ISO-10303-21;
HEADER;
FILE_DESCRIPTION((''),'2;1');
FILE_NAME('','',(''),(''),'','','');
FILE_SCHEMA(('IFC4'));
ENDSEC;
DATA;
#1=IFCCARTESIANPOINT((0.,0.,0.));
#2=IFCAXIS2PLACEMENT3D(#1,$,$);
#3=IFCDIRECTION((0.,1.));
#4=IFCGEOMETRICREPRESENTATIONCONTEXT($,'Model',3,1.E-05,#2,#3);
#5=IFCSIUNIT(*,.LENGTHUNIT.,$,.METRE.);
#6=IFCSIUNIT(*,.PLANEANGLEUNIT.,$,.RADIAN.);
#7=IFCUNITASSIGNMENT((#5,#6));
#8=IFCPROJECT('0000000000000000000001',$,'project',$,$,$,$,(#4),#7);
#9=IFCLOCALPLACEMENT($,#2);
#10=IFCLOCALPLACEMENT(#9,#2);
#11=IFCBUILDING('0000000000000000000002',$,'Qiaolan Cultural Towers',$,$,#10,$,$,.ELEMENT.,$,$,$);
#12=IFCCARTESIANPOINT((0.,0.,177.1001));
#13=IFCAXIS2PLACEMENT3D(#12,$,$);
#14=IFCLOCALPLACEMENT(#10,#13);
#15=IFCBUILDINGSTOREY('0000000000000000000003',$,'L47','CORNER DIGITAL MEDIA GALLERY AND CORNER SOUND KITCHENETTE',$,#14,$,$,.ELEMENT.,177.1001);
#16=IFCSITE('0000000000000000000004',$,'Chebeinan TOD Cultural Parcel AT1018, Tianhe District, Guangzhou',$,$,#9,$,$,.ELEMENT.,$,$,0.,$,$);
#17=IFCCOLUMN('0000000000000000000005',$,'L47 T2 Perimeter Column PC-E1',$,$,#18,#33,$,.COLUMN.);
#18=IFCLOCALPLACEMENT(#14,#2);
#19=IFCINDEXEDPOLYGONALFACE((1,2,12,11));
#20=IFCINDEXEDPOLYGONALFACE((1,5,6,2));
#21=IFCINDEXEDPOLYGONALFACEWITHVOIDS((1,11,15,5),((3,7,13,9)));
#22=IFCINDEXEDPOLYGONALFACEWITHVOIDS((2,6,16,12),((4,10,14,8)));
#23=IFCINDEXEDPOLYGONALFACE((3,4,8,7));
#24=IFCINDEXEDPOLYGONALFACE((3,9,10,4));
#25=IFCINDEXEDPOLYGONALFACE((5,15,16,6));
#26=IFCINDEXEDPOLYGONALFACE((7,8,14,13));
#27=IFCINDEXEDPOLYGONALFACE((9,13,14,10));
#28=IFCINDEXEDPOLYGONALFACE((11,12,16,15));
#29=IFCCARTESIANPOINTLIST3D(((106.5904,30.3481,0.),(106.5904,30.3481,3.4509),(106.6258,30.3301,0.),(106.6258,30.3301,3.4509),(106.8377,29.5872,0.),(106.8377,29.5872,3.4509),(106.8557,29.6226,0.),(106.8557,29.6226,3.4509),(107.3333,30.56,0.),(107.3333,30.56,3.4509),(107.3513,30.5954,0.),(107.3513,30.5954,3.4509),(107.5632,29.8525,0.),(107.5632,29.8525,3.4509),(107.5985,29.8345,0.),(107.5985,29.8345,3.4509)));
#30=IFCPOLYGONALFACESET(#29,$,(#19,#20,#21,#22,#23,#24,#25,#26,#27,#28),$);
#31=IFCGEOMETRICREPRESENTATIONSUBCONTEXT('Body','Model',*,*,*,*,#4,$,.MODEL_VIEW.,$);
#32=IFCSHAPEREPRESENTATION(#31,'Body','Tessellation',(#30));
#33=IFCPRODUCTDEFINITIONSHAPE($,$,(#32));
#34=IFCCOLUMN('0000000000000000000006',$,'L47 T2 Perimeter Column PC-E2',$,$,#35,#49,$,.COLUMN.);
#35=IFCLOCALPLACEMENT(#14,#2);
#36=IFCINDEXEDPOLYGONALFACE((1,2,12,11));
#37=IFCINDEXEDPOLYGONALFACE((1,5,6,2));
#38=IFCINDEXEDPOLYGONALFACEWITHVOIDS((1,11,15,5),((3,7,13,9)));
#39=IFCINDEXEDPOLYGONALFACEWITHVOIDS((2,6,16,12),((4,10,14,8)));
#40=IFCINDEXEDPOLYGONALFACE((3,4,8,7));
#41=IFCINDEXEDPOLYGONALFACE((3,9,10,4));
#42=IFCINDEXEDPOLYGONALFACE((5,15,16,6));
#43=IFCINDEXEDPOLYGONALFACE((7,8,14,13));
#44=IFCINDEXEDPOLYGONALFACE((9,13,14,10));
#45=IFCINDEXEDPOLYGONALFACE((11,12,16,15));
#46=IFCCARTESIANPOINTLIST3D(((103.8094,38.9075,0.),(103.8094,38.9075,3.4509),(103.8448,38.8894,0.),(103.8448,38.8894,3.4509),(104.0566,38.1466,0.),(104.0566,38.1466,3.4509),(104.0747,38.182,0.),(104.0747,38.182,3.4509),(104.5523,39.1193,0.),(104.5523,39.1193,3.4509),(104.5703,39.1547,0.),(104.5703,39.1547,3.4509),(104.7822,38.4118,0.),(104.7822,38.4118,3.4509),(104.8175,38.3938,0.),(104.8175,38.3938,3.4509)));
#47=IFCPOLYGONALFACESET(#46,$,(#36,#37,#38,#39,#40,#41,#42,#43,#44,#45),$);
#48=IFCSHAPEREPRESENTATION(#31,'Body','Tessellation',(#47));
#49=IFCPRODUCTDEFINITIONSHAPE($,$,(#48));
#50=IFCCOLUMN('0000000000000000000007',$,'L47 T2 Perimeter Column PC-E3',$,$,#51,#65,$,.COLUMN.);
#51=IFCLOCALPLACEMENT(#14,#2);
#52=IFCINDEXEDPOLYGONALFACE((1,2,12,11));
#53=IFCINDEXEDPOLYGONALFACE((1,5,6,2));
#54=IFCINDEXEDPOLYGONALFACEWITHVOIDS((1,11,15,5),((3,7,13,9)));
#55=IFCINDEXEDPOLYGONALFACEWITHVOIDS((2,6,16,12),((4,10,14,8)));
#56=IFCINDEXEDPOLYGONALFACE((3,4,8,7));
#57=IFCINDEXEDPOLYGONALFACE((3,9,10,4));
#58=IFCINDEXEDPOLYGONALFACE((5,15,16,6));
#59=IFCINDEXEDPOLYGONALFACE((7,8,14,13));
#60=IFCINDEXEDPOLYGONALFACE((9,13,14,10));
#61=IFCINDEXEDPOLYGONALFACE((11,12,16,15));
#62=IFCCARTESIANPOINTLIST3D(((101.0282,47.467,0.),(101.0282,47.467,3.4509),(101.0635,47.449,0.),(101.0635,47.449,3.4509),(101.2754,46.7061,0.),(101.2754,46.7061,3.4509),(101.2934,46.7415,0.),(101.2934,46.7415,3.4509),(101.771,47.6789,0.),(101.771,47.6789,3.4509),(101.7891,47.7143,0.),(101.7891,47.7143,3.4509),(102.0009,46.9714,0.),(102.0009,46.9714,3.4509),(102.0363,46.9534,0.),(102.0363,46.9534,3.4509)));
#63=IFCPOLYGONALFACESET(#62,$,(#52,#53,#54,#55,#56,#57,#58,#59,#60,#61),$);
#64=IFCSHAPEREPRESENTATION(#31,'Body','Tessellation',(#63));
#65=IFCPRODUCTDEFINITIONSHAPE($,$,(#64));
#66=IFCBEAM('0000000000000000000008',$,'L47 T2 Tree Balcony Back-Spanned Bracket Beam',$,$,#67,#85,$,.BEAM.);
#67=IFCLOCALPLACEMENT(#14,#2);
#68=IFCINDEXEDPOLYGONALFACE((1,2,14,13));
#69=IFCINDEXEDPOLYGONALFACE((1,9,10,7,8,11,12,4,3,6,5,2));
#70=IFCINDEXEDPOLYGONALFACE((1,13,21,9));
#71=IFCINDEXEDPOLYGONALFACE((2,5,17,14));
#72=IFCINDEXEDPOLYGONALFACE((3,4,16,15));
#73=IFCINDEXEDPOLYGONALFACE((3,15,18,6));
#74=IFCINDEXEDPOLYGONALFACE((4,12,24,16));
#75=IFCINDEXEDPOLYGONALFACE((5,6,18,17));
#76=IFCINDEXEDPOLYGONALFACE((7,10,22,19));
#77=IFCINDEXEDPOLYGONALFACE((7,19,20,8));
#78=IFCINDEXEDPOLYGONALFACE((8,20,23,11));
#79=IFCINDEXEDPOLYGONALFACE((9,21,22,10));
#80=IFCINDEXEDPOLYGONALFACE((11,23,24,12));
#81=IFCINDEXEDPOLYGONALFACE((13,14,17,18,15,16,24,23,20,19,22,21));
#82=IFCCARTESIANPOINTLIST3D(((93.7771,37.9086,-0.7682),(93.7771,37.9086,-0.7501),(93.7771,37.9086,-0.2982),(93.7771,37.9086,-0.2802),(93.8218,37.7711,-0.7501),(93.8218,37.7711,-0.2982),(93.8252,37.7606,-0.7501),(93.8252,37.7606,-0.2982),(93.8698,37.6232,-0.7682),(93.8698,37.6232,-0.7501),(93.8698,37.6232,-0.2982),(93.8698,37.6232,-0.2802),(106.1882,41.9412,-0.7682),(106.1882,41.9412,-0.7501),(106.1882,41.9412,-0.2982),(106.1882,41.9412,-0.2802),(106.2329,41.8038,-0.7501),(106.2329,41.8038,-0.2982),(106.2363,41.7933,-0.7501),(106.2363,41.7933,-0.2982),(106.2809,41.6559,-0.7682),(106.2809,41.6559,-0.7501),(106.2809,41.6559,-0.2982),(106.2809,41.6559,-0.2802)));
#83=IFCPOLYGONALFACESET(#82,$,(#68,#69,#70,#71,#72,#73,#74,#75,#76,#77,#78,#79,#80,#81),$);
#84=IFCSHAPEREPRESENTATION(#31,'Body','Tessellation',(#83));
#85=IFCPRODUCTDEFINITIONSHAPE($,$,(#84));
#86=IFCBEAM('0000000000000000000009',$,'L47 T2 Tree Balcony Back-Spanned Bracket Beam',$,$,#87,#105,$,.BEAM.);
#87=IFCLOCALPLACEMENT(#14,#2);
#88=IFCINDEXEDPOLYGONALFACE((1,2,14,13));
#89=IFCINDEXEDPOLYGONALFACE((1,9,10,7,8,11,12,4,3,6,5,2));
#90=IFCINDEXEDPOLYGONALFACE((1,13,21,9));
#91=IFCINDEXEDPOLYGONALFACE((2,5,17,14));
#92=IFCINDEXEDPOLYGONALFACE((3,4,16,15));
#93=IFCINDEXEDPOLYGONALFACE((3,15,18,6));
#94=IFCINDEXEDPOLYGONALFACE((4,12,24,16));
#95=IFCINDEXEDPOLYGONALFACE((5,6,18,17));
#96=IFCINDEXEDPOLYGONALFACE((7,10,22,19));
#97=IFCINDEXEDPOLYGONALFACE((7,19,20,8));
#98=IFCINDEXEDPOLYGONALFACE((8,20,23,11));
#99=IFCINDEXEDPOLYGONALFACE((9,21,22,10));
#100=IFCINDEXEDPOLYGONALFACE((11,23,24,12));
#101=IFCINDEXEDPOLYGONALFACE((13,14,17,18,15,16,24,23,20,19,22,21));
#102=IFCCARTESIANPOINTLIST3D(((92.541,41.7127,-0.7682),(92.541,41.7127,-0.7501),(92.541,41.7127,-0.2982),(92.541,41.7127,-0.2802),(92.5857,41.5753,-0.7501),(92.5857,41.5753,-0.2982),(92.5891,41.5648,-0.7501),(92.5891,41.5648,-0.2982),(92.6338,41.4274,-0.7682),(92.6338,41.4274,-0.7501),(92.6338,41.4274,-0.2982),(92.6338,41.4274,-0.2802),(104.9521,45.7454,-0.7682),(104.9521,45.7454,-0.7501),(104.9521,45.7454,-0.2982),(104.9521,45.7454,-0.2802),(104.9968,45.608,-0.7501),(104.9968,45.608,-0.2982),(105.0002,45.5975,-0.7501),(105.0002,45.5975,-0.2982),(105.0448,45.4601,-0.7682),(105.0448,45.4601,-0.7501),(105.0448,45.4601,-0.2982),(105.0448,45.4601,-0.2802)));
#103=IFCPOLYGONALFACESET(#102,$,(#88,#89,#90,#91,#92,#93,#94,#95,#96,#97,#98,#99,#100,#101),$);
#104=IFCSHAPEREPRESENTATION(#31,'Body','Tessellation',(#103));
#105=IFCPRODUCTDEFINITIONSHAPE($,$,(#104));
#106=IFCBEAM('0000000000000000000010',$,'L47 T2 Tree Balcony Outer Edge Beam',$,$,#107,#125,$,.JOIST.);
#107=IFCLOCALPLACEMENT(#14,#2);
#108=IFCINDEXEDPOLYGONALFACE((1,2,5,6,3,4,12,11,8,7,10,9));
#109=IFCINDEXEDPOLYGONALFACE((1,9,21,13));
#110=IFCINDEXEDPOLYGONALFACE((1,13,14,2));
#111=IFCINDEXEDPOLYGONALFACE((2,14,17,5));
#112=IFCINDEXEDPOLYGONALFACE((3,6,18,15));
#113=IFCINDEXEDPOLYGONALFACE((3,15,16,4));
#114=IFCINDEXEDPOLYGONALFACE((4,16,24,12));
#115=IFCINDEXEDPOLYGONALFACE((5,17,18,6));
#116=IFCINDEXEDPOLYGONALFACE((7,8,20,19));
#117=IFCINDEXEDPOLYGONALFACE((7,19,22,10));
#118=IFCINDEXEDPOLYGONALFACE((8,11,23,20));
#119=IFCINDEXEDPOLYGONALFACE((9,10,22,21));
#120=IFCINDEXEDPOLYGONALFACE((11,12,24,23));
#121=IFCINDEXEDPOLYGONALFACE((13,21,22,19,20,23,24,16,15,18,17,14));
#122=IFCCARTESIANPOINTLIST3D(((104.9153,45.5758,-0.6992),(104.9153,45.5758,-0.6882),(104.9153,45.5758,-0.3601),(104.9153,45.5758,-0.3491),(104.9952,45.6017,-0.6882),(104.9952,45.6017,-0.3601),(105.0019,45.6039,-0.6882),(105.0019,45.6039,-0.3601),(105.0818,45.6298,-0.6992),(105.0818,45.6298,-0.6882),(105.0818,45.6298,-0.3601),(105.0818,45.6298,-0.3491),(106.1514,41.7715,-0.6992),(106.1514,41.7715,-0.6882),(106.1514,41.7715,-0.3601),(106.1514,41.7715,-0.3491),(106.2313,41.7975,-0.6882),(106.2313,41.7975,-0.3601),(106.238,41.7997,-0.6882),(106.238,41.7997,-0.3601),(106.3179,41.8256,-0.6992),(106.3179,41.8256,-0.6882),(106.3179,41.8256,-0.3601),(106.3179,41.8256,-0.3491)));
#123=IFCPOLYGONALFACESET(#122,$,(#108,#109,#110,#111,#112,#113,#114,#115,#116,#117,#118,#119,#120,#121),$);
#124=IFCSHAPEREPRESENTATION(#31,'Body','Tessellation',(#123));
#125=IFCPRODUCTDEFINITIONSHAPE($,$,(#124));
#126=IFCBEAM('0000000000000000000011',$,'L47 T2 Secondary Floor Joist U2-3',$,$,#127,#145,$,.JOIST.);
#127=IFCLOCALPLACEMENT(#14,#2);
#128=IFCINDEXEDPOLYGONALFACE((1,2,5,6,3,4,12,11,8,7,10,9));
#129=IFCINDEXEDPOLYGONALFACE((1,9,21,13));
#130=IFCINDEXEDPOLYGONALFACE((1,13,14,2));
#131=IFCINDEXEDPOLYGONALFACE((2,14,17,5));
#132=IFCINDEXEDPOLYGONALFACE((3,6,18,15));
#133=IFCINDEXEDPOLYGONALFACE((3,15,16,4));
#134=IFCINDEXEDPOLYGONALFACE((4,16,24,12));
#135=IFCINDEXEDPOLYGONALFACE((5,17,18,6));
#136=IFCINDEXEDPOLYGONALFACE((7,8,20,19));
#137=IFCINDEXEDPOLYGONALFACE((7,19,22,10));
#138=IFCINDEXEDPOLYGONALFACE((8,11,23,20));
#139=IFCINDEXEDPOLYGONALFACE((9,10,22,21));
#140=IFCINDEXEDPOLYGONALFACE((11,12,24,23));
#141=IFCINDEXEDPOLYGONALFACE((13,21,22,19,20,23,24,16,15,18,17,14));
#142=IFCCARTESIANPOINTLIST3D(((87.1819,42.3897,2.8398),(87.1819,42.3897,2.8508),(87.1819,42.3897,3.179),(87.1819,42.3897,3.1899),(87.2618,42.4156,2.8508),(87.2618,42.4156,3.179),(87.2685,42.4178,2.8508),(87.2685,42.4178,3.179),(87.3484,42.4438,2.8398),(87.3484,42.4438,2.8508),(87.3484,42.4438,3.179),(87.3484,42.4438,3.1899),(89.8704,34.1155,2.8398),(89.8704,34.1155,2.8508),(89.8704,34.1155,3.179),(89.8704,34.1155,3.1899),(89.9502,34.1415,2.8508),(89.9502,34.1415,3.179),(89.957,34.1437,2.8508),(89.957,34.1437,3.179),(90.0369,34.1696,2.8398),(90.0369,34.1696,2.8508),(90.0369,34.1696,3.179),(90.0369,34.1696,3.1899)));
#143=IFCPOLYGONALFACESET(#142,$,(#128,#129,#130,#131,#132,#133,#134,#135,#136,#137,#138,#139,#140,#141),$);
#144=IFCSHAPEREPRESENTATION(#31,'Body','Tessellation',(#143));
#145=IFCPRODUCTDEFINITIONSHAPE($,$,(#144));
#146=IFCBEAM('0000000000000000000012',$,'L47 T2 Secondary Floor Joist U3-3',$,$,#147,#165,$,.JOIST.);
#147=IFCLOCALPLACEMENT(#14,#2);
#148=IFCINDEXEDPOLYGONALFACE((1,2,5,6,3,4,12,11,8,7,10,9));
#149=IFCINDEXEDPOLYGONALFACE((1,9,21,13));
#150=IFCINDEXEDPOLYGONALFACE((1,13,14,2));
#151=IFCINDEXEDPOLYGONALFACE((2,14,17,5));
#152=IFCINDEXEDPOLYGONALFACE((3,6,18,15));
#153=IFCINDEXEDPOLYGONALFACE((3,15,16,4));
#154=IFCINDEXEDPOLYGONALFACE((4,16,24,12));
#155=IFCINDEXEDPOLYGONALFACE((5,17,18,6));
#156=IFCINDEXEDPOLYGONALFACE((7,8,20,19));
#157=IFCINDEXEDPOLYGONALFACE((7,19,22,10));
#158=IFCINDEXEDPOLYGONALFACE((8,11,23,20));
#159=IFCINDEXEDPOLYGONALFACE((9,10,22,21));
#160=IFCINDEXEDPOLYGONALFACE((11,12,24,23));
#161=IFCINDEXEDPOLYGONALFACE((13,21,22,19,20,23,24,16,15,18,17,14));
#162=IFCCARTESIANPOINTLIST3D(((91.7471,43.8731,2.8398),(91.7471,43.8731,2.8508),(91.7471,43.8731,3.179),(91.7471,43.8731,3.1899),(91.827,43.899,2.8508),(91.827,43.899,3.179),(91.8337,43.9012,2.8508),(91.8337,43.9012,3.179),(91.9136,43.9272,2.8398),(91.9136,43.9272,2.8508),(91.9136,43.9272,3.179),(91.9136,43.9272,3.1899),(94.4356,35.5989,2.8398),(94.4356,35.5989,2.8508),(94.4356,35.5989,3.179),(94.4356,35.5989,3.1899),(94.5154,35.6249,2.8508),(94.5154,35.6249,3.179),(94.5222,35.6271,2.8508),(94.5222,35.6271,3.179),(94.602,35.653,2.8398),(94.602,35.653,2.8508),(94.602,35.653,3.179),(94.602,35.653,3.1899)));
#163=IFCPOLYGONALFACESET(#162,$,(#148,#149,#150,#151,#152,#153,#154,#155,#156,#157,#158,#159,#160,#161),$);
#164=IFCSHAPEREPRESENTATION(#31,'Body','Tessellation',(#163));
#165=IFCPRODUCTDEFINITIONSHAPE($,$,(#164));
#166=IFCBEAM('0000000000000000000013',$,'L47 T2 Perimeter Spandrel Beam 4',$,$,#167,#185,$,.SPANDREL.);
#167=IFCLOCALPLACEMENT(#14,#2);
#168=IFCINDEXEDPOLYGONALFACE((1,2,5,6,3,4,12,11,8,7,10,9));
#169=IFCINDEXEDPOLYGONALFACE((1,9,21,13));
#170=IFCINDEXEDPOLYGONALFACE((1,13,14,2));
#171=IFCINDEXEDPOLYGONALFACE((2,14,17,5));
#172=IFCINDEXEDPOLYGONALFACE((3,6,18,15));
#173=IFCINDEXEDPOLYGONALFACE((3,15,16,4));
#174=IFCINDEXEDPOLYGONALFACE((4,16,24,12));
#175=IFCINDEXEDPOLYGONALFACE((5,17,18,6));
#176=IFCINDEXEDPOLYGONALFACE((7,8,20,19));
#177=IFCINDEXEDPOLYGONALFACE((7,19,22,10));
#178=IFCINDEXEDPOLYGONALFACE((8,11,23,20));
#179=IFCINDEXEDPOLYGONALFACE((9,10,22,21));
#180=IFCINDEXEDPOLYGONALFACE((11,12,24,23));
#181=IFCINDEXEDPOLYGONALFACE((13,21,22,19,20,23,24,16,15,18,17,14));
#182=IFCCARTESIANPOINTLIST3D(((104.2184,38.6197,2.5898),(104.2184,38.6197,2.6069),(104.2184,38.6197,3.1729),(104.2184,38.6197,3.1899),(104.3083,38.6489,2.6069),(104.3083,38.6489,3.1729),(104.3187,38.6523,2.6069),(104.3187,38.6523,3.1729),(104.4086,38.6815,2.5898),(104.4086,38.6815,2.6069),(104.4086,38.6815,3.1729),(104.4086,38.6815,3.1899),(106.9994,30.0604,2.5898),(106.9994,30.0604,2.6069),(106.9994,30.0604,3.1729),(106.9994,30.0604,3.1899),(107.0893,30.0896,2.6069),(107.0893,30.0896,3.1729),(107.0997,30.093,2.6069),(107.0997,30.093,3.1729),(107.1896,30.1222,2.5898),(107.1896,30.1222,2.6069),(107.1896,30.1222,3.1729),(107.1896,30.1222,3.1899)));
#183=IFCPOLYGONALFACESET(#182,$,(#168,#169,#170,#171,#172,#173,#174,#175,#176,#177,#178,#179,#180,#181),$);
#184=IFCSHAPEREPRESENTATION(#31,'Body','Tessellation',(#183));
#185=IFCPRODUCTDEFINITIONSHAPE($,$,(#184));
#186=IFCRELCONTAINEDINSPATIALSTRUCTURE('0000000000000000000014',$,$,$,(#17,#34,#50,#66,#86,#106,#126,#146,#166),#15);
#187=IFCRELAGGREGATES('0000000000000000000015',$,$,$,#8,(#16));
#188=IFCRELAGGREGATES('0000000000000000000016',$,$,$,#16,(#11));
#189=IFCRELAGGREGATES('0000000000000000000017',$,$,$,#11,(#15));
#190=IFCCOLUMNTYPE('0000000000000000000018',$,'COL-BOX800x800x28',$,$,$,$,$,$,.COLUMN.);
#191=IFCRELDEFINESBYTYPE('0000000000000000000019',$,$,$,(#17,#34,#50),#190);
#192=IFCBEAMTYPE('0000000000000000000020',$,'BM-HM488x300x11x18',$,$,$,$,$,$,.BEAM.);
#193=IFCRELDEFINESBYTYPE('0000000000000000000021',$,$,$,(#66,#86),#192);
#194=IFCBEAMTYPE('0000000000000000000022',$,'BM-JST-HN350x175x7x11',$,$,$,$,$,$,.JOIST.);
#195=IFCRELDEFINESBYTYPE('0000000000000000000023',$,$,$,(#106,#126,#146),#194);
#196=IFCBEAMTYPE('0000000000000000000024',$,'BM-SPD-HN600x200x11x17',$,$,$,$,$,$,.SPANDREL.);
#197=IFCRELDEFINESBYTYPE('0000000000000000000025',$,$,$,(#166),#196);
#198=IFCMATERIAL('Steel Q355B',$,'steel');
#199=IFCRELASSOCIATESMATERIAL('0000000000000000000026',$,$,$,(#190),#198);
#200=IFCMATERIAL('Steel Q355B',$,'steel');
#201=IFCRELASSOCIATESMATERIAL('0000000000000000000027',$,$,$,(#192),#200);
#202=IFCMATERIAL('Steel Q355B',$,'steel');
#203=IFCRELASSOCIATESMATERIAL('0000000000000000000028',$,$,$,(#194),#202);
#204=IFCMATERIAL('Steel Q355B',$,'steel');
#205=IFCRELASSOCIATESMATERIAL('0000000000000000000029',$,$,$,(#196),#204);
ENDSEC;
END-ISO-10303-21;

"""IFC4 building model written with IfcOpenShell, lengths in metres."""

from ifc_helpers import new_model, si_unit, direction, frame, origin, origin_2d, place, context, subcontext, project, spatial, hollow_rectangle, i_section, extrude, material, material_profile, profile_set, type_object, element, save


model = new_model("IFC4")

# Units and contexts
model_context = context("Model", 3, precision=1e-05, world=origin(), true_north=direction((0.0, 1.0)))
body_context = subcontext(model_context, "Body", "Model", "MODEL_VIEW")
ifc_project = project(units=[si_unit("LENGTHUNIT", "METRE"), si_unit("PLANEANGLEUNIT", "RADIAN")], contexts=[model_context])

# Site, building, storey
site_placement = place(None, origin())
site = spatial("IfcSite", under=ifc_project, at=site_placement, Name="Chebeinan TOD Cultural Parcel AT1018, Tianhe District, Guangzhou", CompositionType="ELEMENT", RefElevation=0.0)
building_placement = place(site_placement, origin())
building = spatial("IfcBuilding", under=site, at=building_placement, Name="Qiaolan Cultural Towers", CompositionType="ELEMENT")
storey_placement = place(building_placement, frame((0.0, 0.0, 177.1001)))
storey = spatial("IfcBuildingStorey", under=building, at=storey_placement, Name="L47", Description="CORNER DIGITAL MEDIA GALLERY AND CORNER SOUND KITCHENETTE", CompositionType="ELEMENT", Elevation=177.1001)

# Columns
ifc_material_1 = material(Name="Steel Q355B", Category="steel")
ifc_material_profile_1 = material_profile(ifc_material_1, hollow_rectangle(XDim=0.8, YDim=0.8, WallThickness=0.0281, at=origin_2d()), Name="BOX800x800x28")
ifc_profile_set_1 = profile_set([ifc_material_profile_1], Name="Steel Q355B")
column_type = type_object("IfcColumnType", Name="COL-BOX800x800x28", PredefinedType="COLUMN", material=ifc_profile_set_1)
for number, where, z_axis, x_axis, name in (
    (1, (107.0945, 30.0913, 0.0), (0.0, 0.0, 1.0), (0.951057, 0.309017, 0.0), "L47 T2 Perimeter Column PC-E1"),
    (2, (104.3135, 38.6506, 0.0), (0.0, 0.0, 1.0), (0.951057, 0.309017, 0.0), "L47 T2 Perimeter Column PC-E2"),
    (3, (101.5322, 47.2102, 0.0), (0.0, 0.0, 1.0), (0.951057, 0.309017, 0.0), "L47 T2 Perimeter Column PC-E3"),
):
    element("IfcColumn", number, at=place(storey_placement, frame(where, z_axis=z_axis, x_axis=x_axis)), inside=storey, type_object=column_type, Name=name, PredefinedType="COLUMN", context=body_context, shape_type="SweptSolid", body=[
        extrude(hollow_rectangle(XDim=0.8, YDim=0.8, WallThickness=0.0281, at=origin_2d()), origin(), (0.0, 0.0, 1.0), 3.4509),
    ])

# Beams
ifc_material_2 = material(Name="Steel Q355B", Category="steel")
ifc_material_profile_2 = material_profile(ifc_material_2, i_section(OverallWidth=0.3, OverallDepth=0.488, WebThickness=0.011, FlangeThickness=0.0181, at=origin_2d()), Name="HM488x300x11x18")
ifc_profile_set_2 = profile_set([ifc_material_profile_2], Name="Steel Q355B")
beam_type_1 = type_object("IfcBeamType", Name="BM-HM488x300x11x18", PredefinedType="BEAM", material=ifc_profile_set_2)
for number, where, z_axis, x_axis, name in (
    (4, (93.8235, 37.7659, -0.5242), (0.951054, 0.309023, 0.0), (-0.309023, 0.951054, 0.0), "L47 T2 Tree Balcony Back-Spanned Bracket Beam"),
    (5, (92.5874, 41.5701, -0.5242), (0.951054, 0.309023, 0.0), (-0.309023, 0.951054, 0.0), "L47 T2 Tree Balcony Back-Spanned Bracket Beam"),
):
    element("IfcBeam", number, at=place(storey_placement, frame(where, z_axis=z_axis, x_axis=x_axis)), inside=storey, type_object=beam_type_1, Name=name, PredefinedType="BEAM", context=body_context, shape_type="SweptSolid", body=[
        extrude(i_section(OverallWidth=0.3, OverallDepth=0.488, WebThickness=0.011, FlangeThickness=0.0181, at=origin_2d()), origin(), (0.0, 0.0, 1.0), 13.0498),
    ])
ifc_material_3 = material(Name="Steel Q355B", Category="steel")
ifc_material_profile_3 = material_profile(ifc_material_3, i_section(OverallWidth=0.175, OverallDepth=0.3501, WebThickness=0.0071, FlangeThickness=0.011, at=origin_2d()), Name="HN350x175x7x11")
ifc_profile_set_3 = profile_set([ifc_material_profile_3], Name="Steel Q355B")
beam_type_2 = type_object("IfcBeamType", Name="BM-JST-HN350x175x7x11", PredefinedType="JOIST", material=ifc_profile_set_3)
beam_1_placement = place(storey_placement, frame((106.2346, 41.7986, -0.5242), z_axis=(-0.309023, 0.951055, 0.0), x_axis=(-0.951055, -0.309023, 0.0)))
element("IfcBeam", 6, at=beam_1_placement, inside=storey, type_object=beam_type_2, Name="L47 T2 Tree Balcony Outer Edge Beam", PredefinedType="JOIST", context=body_context, shape_type="SweptSolid", body=[
    extrude(i_section(OverallWidth=0.175, OverallDepth=0.3501, WebThickness=0.0071, FlangeThickness=0.011, at=origin_2d()), origin(), (0.0, 0.0, 1.0), 4.0),
])
for number, where, z_axis, x_axis, name in (
    (7, (89.9536, 34.1426, 3.0149), (-0.309021, 0.951055, 0.0), (-0.951055, -0.309021, 0.0), "L47 T2 Secondary Floor Joist U2-3"),
    (8, (94.5188, 35.626, 3.0149), (-0.309021, 0.951055, 0.0), (-0.951055, -0.309021, 0.0), "L47 T2 Secondary Floor Joist U3-3"),
):
    element("IfcBeam", number, at=place(storey_placement, frame(where, z_axis=z_axis, x_axis=x_axis)), inside=storey, type_object=beam_type_2, Name=name, PredefinedType="JOIST", context=body_context, shape_type="SweptSolid", body=[
        extrude(i_section(OverallWidth=0.175, OverallDepth=0.3501, WebThickness=0.0071, FlangeThickness=0.011, at=origin_2d()), origin(), (0.0, 0.0, 1.0), 8.7),
    ])
ifc_material_4 = material(Name="Steel Q355B", Category="steel")
ifc_material_profile_4 = material_profile(ifc_material_4, i_section(OverallWidth=0.2, OverallDepth=0.6001, WebThickness=0.011, FlangeThickness=0.0171, at=origin_2d()), Name="HN600x200x11x17")
ifc_profile_set_4 = profile_set([ifc_material_profile_4], Name="Steel Q355B")
beam_type_3 = type_object("IfcBeamType", Name="BM-SPD-HN600x200x11x17", PredefinedType="SPANDREL", material=ifc_profile_set_4)
beam_2_placement = place(storey_placement, frame((107.0945, 30.0913, 2.8899), z_axis=(-0.309008, 0.951059, 0.0), x_axis=(-0.951059, -0.309008, 0.0)))
element("IfcBeam", 9, at=beam_2_placement, inside=storey, type_object=beam_type_3, Name="L47 T2 Perimeter Spandrel Beam 4", PredefinedType="SPANDREL", context=body_context, shape_type="SweptSolid", body=[
    extrude(i_section(OverallWidth=0.2, OverallDepth=0.6001, WebThickness=0.011, FlangeThickness=0.0171, at=origin_2d()), origin(), (0.0, 0.0, 1.0), 8.9998),
])

save(model, "model.ifc")
